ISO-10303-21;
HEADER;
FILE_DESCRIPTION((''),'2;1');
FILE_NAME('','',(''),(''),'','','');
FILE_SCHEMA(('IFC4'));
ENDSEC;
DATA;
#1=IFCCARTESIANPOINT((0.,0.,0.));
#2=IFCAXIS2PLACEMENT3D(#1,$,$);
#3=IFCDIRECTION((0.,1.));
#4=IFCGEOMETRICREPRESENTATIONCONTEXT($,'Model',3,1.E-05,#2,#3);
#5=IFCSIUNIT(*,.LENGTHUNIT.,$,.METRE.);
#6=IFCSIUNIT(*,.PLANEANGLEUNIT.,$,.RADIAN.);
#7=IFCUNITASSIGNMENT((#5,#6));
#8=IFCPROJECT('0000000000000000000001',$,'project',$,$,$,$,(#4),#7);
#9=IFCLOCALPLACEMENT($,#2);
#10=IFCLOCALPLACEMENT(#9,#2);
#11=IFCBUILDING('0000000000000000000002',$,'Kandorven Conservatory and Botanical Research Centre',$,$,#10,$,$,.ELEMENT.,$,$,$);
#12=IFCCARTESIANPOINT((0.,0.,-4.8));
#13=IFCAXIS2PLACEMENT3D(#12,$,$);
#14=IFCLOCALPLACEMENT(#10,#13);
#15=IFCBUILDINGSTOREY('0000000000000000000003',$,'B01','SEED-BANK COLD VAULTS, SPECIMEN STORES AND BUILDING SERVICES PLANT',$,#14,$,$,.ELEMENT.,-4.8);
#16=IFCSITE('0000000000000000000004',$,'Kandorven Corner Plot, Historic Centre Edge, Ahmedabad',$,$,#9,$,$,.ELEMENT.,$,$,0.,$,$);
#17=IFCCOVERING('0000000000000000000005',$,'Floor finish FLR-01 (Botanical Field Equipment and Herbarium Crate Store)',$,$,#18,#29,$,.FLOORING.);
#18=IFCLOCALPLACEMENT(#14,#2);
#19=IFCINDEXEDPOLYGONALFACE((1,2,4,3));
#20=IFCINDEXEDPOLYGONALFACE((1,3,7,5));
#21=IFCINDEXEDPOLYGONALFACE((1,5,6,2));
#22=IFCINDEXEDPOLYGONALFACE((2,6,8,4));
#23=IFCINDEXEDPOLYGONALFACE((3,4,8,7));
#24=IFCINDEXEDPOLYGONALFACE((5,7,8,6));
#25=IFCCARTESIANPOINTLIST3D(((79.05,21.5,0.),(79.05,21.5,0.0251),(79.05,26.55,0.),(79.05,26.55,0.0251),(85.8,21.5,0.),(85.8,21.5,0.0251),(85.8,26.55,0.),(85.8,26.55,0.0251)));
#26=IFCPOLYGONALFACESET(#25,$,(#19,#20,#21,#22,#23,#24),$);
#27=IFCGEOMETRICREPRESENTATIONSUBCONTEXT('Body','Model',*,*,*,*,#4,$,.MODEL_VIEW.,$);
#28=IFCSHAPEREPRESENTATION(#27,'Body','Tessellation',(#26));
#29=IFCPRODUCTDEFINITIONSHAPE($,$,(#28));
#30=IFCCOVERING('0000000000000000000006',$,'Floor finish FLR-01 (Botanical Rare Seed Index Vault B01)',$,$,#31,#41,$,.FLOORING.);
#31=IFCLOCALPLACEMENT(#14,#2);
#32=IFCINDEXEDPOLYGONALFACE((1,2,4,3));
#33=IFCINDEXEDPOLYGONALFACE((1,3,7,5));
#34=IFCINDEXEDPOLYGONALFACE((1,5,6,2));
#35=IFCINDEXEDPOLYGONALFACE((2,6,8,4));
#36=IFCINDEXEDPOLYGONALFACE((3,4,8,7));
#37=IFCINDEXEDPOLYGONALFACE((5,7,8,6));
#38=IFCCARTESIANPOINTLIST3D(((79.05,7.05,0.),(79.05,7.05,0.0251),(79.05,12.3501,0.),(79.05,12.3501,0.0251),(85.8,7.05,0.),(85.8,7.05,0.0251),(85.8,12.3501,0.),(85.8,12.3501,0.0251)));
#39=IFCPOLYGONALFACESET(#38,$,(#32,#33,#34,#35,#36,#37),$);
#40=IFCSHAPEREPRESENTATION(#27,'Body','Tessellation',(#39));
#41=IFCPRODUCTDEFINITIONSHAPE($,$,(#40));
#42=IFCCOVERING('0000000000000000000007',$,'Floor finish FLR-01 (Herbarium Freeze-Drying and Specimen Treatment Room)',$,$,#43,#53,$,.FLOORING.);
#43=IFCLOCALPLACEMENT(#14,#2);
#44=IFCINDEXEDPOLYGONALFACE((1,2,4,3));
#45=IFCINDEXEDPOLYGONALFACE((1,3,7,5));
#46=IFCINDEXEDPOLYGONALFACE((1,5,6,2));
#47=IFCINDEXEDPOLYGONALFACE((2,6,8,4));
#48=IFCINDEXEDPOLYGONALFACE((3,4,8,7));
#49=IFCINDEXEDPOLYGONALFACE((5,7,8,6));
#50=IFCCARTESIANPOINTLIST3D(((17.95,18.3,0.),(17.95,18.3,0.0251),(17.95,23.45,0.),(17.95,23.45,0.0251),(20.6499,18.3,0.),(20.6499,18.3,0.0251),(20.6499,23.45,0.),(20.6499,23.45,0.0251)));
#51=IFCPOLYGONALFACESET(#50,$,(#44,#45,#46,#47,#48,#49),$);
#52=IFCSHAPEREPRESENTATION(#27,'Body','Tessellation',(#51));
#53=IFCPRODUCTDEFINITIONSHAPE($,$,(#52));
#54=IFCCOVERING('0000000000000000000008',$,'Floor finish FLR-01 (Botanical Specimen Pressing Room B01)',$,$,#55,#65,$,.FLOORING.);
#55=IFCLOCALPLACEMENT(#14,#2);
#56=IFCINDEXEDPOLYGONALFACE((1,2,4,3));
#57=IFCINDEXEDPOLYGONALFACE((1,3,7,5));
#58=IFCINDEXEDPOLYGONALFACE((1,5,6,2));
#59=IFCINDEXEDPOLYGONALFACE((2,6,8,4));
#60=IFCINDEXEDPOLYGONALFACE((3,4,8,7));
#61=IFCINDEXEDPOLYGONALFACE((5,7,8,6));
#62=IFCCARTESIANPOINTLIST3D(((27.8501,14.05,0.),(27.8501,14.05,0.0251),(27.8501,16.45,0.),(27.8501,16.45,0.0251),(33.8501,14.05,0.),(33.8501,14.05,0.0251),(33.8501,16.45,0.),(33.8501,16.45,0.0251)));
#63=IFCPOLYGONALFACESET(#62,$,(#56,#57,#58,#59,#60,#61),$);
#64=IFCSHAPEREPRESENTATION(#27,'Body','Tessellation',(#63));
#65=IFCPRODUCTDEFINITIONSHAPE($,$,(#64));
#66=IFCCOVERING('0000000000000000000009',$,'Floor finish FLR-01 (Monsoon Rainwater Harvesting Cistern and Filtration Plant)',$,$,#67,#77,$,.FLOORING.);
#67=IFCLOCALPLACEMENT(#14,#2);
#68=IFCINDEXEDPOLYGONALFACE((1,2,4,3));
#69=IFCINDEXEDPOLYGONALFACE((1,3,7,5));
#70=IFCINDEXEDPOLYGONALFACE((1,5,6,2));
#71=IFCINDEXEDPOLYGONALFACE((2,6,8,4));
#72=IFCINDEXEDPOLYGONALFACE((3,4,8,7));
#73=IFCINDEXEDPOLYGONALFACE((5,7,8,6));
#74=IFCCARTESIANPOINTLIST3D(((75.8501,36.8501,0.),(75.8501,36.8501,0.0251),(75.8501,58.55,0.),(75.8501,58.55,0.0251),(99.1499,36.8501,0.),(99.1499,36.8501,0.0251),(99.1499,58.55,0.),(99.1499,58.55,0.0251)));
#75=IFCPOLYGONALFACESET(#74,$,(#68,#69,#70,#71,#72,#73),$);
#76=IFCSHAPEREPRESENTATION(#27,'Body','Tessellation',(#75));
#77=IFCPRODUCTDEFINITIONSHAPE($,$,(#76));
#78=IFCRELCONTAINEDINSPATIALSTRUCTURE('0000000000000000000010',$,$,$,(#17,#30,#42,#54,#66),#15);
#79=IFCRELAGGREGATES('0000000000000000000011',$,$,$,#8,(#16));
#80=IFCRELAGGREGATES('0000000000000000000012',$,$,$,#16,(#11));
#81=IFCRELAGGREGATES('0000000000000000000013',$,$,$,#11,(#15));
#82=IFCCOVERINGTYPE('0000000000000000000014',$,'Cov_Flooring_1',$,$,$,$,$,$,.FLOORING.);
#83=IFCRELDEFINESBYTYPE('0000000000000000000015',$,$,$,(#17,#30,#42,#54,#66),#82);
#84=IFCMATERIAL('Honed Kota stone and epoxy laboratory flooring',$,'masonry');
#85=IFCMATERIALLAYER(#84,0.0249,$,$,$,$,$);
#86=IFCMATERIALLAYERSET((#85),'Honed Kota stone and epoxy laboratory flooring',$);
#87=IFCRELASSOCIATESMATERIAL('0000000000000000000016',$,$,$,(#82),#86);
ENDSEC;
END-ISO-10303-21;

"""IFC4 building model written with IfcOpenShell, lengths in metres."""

from ifc_helpers import new_model, si_unit, direction, frame, origin, place, context, subcontext, project, spatial, polyline, outline, extrude, material, layer, layer_set, type_object, element, save


model = new_model("IFC4")

# Units and contexts
model_context = context("Model", 3, precision=1e-05, world=origin(), true_north=direction((0.0, 1.0)))
body_context = subcontext(model_context, "Body", "Model", "MODEL_VIEW")
ifc_project = project(units=[si_unit("LENGTHUNIT", "METRE"), si_unit("PLANEANGLEUNIT", "RADIAN")], contexts=[model_context])

# Site, building, storey
site_placement = place(None, origin())
site = spatial("IfcSite", under=ifc_project, at=site_placement, Name="Kandorven Corner Plot, Historic Centre Edge, Ahmedabad", CompositionType="ELEMENT", RefElevation=0.0)
building_placement = place(site_placement, origin())
building = spatial("IfcBuilding", under=site, at=building_placement, Name="Kandorven Conservatory and Botanical Research Centre", CompositionType="ELEMENT")
storey_placement = place(building_placement, frame((0.0, 0.0, -4.8)))
storey = spatial("IfcBuildingStorey", under=building, at=storey_placement, Name="B01", Description="SEED-BANK COLD VAULTS, SPECIMEN STORES AND BUILDING SERVICES PLANT", CompositionType="ELEMENT", Elevation=-4.8)

# Coverings
ifc_material_1 = material(Name="Honed Kota stone and epoxy laboratory flooring", Category="masonry")
ifc_layer_1 = layer(ifc_material_1, 0.0249)
ifc_layer_set_1 = layer_set([ifc_layer_1], Name="Honed Kota stone and epoxy laboratory flooring")
covering_type_1 = type_object("IfcCoveringType", Name="Cov_Flooring_1", PredefinedType="FLOORING", material=ifc_layer_set_1)
covering_1_placement = place(storey_placement, origin())
element("IfcCovering", 1, at=covering_1_placement, inside=storey, type_object=covering_type_1, Name="Floor finish FLR-01 (Botanical Field Equipment and Herbarium Crate Store)", PredefinedType="FLOORING", context=body_context, shape_type="SweptSolid", body=[
    extrude(outline(polyline([(79.05, 21.5), (85.8, 21.5), (85.8, 26.55), (79.05, 26.55), (79.05, 21.5)])), origin(), (0.0, 0.0, 1.0), 0.0251),
])
covering_2_placement = place(storey_placement, origin())
element("IfcCovering", 2, at=covering_2_placement, inside=storey, type_object=covering_type_1, Name="Floor finish FLR-01 (Botanical Rare Seed Index Vault B01)", PredefinedType="FLOORING", context=body_context, shape_type="SweptSolid", body=[
    extrude(outline(polyline([(79.05, 7.05), (85.8, 7.05), (85.8, 12.3501), (79.05, 12.3501), (79.05, 7.05)])), origin(), (0.0, 0.0, 1.0), 0.0251),
])
covering_3_placement = place(storey_placement, origin())
element("IfcCovering", 3, at=covering_3_placement, inside=storey, type_object=covering_type_1, Name="Floor finish FLR-01 (Herbarium Freeze-Drying and Specimen Treatment Room)", PredefinedType="FLOORING", context=body_context, shape_type="SweptSolid", body=[
    extrude(outline(polyline([(17.95, 18.3), (20.6499, 18.3), (20.6499, 23.45), (17.95, 23.45), (17.95, 18.3)])), origin(), (0.0, 0.0, 1.0), 0.0251),
])
covering_4_placement = place(storey_placement, origin())
element("IfcCovering", 4, at=covering_4_placement, inside=storey, type_object=covering_type_1, Name="Floor finish FLR-01 (Botanical Specimen Pressing Room B01)", PredefinedType="FLOORING", context=body_context, shape_type="SweptSolid", body=[
    extrude(outline(polyline([(27.8501, 14.05), (33.8501, 14.05), (33.8501, 16.45), (27.8501, 16.45), (27.8501, 14.05)])), origin(), (0.0, 0.0, 1.0), 0.0251),
])
covering_5_placement = place(storey_placement, origin())
element("IfcCovering", 5, at=covering_5_placement, inside=storey, type_object=covering_type_1, Name="Floor finish FLR-01 (Monsoon Rainwater Harvesting Cistern and Filtration Plant)", PredefinedType="FLOORING", context=body_context, shape_type="SweptSolid", body=[
    extrude(outline(polyline([(75.8501, 36.8501), (99.1499, 36.8501), (99.1499, 58.55), (75.8501, 58.55), (75.8501, 36.8501)])), origin(), (0.0, 0.0, 1.0), 0.0251),
])

save(model, "model.ifc")
